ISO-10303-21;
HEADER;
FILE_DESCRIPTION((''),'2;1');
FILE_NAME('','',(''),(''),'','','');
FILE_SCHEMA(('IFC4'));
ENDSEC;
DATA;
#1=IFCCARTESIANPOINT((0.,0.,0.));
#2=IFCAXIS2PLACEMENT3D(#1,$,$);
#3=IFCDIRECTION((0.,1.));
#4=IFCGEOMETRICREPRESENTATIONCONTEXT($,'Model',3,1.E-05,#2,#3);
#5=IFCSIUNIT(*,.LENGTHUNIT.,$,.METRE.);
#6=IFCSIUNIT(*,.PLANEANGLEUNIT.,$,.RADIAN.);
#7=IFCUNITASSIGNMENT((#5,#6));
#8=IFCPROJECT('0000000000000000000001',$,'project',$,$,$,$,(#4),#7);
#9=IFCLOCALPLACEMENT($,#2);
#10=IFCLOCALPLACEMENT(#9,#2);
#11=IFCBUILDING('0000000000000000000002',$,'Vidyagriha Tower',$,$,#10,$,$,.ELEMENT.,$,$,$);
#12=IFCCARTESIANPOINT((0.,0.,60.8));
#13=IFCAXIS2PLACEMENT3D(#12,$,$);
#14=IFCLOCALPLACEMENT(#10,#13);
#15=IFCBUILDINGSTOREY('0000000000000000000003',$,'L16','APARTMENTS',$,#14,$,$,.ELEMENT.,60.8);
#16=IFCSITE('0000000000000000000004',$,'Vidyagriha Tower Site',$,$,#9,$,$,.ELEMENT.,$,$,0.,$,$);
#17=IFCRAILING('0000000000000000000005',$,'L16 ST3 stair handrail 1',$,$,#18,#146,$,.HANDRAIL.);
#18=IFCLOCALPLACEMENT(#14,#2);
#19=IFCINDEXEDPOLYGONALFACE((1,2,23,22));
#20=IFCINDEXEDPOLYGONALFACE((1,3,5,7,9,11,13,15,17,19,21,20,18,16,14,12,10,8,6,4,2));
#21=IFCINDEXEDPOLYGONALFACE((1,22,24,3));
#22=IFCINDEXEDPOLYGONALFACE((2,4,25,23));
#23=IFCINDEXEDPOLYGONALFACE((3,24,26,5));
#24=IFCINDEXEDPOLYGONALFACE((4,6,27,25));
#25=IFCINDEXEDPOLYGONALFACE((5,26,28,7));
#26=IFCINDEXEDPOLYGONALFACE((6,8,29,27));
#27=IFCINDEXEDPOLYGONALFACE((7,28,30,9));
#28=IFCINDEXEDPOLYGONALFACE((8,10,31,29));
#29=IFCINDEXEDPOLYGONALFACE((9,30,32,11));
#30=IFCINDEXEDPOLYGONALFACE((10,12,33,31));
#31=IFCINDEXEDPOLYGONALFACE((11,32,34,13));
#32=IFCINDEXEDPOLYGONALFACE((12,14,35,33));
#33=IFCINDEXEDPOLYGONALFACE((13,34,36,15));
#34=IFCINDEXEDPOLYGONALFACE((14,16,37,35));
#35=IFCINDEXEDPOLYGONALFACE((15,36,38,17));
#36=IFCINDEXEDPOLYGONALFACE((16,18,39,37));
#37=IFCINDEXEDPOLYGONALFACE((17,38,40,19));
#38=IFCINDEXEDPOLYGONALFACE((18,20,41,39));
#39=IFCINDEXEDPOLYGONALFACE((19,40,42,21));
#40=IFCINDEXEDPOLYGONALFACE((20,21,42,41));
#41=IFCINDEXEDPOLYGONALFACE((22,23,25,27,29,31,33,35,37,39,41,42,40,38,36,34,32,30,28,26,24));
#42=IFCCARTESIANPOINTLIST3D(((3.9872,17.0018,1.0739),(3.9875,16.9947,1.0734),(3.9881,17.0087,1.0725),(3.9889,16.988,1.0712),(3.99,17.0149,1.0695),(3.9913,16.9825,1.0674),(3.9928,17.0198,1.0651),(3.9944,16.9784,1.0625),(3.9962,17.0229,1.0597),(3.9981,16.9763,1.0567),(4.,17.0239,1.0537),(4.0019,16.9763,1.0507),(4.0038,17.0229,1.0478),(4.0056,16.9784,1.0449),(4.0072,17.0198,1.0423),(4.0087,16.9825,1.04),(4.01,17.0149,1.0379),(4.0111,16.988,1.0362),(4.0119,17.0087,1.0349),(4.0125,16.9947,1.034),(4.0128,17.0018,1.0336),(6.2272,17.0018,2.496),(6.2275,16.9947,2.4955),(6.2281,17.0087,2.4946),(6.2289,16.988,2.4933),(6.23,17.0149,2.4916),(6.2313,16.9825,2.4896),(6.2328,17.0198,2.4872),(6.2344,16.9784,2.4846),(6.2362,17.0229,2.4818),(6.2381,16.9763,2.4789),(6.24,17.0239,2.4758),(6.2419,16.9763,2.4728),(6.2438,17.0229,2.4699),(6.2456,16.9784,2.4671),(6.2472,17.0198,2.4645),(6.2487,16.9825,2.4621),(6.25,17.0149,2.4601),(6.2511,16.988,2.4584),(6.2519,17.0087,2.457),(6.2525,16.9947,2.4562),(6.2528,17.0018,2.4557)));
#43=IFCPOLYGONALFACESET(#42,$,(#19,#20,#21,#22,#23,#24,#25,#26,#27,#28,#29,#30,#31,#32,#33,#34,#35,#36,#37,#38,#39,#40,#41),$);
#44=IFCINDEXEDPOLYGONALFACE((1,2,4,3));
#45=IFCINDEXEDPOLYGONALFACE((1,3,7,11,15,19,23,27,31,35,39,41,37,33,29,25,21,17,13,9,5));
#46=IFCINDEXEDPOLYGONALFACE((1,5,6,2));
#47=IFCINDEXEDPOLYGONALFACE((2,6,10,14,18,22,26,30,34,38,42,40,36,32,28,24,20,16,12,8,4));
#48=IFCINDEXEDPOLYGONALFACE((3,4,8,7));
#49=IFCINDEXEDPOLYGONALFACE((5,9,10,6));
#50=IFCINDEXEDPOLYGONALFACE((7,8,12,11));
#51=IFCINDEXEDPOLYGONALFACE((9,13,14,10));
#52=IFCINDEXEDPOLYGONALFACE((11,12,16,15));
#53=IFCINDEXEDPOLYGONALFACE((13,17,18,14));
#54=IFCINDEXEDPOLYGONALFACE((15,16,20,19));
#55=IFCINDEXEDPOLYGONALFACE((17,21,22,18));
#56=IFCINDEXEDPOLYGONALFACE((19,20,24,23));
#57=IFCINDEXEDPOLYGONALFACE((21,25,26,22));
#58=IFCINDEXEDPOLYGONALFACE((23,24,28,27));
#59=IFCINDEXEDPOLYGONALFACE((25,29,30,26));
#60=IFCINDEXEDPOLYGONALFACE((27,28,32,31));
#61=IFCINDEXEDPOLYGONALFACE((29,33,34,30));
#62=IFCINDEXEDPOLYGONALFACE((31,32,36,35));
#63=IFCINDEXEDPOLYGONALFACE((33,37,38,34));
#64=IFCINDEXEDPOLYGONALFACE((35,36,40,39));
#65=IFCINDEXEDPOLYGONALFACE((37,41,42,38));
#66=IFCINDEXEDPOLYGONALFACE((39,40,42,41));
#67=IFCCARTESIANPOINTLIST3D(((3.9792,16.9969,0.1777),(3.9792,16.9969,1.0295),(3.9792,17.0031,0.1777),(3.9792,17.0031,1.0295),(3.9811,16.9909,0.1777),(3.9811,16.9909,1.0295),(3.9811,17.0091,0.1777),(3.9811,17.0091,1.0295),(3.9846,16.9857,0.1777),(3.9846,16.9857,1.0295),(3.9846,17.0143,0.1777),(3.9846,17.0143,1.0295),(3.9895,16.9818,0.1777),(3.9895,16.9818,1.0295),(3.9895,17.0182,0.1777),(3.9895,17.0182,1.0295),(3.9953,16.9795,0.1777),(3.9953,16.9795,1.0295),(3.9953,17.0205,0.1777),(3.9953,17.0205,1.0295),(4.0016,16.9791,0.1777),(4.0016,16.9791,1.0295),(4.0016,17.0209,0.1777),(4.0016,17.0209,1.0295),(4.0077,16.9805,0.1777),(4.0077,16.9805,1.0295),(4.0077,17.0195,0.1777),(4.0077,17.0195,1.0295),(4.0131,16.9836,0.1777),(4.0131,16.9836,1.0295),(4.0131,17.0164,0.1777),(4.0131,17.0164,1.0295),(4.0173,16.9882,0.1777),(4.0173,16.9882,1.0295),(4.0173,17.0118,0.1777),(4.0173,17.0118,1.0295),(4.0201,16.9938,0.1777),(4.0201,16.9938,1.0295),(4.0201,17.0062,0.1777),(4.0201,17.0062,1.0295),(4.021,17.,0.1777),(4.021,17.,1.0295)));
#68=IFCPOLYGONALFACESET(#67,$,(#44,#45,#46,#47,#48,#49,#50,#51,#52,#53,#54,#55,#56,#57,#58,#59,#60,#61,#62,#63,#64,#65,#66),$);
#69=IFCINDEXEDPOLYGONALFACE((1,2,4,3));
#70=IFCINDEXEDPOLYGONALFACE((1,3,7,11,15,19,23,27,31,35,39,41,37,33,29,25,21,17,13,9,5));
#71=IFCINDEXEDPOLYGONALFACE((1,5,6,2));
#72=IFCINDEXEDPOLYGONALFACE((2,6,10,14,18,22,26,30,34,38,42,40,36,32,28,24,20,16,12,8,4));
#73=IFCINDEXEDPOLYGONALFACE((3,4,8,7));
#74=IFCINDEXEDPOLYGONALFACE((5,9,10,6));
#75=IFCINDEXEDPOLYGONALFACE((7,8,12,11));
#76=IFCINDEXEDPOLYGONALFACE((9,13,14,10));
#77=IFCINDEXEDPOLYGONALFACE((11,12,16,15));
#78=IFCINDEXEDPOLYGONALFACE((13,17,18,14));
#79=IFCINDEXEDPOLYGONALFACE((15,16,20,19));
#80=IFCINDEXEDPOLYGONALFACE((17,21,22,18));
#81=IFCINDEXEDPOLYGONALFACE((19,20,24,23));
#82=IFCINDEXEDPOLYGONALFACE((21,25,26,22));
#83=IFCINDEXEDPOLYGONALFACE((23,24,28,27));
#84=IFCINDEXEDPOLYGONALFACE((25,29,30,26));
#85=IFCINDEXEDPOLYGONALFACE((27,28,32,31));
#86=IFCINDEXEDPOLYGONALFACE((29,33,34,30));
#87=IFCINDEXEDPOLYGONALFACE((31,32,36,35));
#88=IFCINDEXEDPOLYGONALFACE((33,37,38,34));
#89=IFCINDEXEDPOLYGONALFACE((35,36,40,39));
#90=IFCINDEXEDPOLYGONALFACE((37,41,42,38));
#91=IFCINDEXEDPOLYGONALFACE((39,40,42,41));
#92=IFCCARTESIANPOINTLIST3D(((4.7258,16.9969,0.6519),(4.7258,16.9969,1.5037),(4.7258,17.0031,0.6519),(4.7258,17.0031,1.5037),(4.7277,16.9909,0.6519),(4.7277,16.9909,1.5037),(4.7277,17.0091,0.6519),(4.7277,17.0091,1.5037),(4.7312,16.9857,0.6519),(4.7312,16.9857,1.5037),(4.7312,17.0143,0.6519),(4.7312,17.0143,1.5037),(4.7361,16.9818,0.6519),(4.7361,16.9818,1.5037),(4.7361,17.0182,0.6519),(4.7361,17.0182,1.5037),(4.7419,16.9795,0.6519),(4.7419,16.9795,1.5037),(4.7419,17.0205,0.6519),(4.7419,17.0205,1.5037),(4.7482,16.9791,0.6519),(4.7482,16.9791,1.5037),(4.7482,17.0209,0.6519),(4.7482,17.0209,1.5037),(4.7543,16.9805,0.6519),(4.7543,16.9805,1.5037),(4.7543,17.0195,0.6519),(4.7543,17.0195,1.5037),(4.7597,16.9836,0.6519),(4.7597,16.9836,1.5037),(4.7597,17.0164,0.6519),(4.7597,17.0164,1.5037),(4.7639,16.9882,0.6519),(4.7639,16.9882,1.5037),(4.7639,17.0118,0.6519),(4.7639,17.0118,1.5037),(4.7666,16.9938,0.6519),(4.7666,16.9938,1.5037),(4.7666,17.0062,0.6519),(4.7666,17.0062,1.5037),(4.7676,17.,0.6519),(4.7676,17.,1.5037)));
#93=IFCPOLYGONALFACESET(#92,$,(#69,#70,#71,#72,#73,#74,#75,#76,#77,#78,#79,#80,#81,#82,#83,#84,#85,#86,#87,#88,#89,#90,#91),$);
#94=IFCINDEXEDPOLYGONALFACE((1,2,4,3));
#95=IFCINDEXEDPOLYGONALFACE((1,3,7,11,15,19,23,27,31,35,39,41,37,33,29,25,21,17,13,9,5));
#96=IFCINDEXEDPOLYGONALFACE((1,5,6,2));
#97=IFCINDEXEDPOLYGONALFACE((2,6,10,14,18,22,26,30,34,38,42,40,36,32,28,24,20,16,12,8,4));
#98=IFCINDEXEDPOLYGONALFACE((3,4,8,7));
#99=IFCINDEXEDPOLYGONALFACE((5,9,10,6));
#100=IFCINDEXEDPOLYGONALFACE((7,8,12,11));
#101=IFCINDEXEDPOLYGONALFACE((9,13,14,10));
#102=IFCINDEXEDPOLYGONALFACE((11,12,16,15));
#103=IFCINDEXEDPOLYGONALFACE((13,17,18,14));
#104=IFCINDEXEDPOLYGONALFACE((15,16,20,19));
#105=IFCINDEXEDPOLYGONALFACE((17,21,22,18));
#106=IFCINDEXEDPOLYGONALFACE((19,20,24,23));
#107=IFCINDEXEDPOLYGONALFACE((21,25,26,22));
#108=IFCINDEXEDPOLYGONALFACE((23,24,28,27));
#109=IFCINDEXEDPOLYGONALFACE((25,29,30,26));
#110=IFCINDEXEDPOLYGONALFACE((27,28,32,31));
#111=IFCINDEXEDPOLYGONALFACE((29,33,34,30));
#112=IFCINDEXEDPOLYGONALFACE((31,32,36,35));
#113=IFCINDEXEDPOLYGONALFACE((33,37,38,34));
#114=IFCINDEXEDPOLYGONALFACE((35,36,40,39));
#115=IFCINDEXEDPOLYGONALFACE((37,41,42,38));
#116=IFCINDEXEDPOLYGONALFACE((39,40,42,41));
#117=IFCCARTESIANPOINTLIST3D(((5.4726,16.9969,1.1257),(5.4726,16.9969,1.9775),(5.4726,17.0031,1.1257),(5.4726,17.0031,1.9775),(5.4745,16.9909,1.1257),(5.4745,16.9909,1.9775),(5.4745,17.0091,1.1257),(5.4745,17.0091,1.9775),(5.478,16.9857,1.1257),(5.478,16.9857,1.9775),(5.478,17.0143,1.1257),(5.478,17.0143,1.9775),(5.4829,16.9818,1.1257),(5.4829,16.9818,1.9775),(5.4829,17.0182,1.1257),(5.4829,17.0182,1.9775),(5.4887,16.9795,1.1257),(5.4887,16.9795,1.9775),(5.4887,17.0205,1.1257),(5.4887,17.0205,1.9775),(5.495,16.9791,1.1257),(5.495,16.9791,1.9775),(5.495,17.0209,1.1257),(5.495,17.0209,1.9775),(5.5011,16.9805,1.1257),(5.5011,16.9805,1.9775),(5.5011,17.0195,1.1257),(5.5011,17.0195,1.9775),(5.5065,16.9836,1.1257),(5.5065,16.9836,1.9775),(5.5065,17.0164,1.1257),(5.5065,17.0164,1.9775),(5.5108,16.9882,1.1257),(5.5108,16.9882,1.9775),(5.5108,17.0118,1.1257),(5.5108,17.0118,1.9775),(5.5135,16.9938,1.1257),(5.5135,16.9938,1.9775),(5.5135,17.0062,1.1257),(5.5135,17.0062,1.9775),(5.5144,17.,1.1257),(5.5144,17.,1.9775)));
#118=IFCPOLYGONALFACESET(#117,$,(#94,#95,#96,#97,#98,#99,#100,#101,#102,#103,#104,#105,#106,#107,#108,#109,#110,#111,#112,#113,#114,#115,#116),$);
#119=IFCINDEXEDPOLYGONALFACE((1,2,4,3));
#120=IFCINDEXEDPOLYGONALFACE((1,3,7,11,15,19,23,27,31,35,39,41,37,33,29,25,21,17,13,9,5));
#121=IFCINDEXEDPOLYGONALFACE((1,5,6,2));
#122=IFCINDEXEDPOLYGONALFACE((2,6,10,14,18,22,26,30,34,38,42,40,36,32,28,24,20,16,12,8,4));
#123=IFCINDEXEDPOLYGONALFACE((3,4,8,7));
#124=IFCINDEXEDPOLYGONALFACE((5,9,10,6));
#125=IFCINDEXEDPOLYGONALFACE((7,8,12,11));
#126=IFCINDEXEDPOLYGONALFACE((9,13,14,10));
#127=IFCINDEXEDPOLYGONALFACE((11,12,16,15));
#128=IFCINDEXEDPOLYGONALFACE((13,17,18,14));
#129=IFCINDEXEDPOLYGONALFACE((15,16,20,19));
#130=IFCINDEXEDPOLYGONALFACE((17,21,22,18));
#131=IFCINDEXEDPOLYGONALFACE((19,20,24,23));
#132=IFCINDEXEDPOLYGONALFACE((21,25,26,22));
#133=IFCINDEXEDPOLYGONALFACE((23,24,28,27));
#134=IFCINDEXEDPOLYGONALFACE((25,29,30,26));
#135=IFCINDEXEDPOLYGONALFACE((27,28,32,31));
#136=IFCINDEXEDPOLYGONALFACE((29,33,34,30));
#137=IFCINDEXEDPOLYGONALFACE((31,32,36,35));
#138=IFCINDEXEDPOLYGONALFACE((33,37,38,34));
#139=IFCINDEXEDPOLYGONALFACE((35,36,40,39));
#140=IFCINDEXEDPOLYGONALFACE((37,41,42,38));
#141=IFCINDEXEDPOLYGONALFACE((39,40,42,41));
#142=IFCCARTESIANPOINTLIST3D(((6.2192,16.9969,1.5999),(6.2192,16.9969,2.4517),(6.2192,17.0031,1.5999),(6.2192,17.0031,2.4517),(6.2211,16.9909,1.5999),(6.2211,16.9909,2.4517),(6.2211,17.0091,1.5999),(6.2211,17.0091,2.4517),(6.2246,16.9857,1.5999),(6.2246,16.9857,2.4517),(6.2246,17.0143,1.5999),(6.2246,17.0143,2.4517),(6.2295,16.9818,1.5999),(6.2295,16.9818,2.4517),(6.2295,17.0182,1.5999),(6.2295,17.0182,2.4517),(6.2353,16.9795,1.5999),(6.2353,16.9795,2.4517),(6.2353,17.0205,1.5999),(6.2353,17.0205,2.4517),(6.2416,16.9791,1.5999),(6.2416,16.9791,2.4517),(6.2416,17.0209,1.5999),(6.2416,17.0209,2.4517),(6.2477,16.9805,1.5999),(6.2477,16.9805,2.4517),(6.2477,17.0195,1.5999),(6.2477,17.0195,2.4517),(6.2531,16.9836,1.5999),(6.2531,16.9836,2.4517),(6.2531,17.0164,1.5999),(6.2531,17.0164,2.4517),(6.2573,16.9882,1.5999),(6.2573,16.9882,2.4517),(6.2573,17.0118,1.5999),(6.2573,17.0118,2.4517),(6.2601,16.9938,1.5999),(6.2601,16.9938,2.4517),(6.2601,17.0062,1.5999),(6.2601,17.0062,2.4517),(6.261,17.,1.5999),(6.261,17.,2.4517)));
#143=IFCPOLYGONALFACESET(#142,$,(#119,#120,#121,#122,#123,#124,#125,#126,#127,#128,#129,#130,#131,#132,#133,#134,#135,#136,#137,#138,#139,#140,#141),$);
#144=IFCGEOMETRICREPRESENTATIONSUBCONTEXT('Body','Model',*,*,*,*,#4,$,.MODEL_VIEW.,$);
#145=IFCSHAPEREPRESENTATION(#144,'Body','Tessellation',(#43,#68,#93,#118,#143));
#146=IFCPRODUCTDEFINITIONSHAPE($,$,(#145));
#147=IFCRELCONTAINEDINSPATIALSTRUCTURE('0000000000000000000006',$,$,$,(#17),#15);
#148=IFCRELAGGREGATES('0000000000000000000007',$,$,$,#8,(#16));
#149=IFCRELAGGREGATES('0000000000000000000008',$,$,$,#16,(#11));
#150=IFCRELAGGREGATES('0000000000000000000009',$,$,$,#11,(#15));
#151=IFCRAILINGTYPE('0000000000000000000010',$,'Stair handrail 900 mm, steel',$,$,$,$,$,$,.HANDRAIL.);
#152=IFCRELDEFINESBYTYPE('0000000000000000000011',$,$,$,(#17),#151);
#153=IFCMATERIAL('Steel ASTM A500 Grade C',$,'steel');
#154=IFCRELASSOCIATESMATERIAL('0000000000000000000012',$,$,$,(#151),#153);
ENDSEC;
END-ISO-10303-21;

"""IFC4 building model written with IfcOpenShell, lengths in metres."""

from ifc_helpers import new_model, si_unit, direction, frame, origin, origin_2d, place, context, subcontext, project, spatial, circle, extrude, material, type_object, element, save


model = new_model("IFC4")

# Units and contexts
model_context = context("Model", 3, precision=1e-05, world=origin(), true_north=direction((0.0, 1.0)))
body_context = subcontext(model_context, "Body", "Model", "MODEL_VIEW")
ifc_project = project(units=[si_unit("LENGTHUNIT", "METRE"), si_unit("PLANEANGLEUNIT", "RADIAN")], contexts=[model_context])

# Site, building, storey
site_placement = place(None, origin())
site = spatial("IfcSite", under=ifc_project, at=site_placement, Name="Vidyagriha Tower Site", CompositionType="ELEMENT", RefElevation=0.0)
building_placement = place(site_placement, origin())
building = spatial("IfcBuilding", under=site, at=building_placement, Name="Vidyagriha Tower", CompositionType="ELEMENT")
storey_placement = place(building_placement, frame((0.0, 0.0, 60.8)))
storey = spatial("IfcBuildingStorey", under=building, at=storey_placement, Name="L16", Description="APARTMENTS", CompositionType="ELEMENT", Elevation=60.8)

# Railing
ifc_material_1 = material(Name="Steel ASTM A500 Grade C", Category="steel")
railing_type_1 = type_object("IfcRailingType", Name="Stair handrail 900 mm, steel", PredefinedType="HANDRAIL", material=ifc_material_1)
railing_1_placement = place(storey_placement, frame((4.0, 17.0, 0.1777)))
element("IfcRailing", 1, at=railing_1_placement, inside=storey, type_object=railing_type_1, Name="L16 ST3 stair handrail 1", PredefinedType="HANDRAIL", context=body_context, shape_type="SweptSolid", body=[
    extrude(circle(Radius=0.0239, at=origin_2d()), frame((0.0, 0.0, 0.876), z_axis=(0.844229, 0.0, 0.535982), x_axis=(0.0, 1.0, 0.0)), (0.0, 0.0, 1.0), 2.6533),
    extrude(circle(Radius=0.021, at=origin_2d()), origin(), (0.0, 0.0, 1.0), 0.8518),
    extrude(circle(Radius=0.021, at=origin_2d()), frame((0.7466, 0.0, 0.4741)), (0.0, 0.0, 1.0), 0.8518),
    extrude(circle(Radius=0.021, at=origin_2d()), frame((1.4934, 0.0, 0.948)), (0.0, 0.0, 1.0), 0.8518),
    extrude(circle(Radius=0.021, at=origin_2d()), frame((2.24, 0.0, 1.4221)), (0.0, 0.0, 1.0), 0.8518),
])

save(model, "model.ifc")
